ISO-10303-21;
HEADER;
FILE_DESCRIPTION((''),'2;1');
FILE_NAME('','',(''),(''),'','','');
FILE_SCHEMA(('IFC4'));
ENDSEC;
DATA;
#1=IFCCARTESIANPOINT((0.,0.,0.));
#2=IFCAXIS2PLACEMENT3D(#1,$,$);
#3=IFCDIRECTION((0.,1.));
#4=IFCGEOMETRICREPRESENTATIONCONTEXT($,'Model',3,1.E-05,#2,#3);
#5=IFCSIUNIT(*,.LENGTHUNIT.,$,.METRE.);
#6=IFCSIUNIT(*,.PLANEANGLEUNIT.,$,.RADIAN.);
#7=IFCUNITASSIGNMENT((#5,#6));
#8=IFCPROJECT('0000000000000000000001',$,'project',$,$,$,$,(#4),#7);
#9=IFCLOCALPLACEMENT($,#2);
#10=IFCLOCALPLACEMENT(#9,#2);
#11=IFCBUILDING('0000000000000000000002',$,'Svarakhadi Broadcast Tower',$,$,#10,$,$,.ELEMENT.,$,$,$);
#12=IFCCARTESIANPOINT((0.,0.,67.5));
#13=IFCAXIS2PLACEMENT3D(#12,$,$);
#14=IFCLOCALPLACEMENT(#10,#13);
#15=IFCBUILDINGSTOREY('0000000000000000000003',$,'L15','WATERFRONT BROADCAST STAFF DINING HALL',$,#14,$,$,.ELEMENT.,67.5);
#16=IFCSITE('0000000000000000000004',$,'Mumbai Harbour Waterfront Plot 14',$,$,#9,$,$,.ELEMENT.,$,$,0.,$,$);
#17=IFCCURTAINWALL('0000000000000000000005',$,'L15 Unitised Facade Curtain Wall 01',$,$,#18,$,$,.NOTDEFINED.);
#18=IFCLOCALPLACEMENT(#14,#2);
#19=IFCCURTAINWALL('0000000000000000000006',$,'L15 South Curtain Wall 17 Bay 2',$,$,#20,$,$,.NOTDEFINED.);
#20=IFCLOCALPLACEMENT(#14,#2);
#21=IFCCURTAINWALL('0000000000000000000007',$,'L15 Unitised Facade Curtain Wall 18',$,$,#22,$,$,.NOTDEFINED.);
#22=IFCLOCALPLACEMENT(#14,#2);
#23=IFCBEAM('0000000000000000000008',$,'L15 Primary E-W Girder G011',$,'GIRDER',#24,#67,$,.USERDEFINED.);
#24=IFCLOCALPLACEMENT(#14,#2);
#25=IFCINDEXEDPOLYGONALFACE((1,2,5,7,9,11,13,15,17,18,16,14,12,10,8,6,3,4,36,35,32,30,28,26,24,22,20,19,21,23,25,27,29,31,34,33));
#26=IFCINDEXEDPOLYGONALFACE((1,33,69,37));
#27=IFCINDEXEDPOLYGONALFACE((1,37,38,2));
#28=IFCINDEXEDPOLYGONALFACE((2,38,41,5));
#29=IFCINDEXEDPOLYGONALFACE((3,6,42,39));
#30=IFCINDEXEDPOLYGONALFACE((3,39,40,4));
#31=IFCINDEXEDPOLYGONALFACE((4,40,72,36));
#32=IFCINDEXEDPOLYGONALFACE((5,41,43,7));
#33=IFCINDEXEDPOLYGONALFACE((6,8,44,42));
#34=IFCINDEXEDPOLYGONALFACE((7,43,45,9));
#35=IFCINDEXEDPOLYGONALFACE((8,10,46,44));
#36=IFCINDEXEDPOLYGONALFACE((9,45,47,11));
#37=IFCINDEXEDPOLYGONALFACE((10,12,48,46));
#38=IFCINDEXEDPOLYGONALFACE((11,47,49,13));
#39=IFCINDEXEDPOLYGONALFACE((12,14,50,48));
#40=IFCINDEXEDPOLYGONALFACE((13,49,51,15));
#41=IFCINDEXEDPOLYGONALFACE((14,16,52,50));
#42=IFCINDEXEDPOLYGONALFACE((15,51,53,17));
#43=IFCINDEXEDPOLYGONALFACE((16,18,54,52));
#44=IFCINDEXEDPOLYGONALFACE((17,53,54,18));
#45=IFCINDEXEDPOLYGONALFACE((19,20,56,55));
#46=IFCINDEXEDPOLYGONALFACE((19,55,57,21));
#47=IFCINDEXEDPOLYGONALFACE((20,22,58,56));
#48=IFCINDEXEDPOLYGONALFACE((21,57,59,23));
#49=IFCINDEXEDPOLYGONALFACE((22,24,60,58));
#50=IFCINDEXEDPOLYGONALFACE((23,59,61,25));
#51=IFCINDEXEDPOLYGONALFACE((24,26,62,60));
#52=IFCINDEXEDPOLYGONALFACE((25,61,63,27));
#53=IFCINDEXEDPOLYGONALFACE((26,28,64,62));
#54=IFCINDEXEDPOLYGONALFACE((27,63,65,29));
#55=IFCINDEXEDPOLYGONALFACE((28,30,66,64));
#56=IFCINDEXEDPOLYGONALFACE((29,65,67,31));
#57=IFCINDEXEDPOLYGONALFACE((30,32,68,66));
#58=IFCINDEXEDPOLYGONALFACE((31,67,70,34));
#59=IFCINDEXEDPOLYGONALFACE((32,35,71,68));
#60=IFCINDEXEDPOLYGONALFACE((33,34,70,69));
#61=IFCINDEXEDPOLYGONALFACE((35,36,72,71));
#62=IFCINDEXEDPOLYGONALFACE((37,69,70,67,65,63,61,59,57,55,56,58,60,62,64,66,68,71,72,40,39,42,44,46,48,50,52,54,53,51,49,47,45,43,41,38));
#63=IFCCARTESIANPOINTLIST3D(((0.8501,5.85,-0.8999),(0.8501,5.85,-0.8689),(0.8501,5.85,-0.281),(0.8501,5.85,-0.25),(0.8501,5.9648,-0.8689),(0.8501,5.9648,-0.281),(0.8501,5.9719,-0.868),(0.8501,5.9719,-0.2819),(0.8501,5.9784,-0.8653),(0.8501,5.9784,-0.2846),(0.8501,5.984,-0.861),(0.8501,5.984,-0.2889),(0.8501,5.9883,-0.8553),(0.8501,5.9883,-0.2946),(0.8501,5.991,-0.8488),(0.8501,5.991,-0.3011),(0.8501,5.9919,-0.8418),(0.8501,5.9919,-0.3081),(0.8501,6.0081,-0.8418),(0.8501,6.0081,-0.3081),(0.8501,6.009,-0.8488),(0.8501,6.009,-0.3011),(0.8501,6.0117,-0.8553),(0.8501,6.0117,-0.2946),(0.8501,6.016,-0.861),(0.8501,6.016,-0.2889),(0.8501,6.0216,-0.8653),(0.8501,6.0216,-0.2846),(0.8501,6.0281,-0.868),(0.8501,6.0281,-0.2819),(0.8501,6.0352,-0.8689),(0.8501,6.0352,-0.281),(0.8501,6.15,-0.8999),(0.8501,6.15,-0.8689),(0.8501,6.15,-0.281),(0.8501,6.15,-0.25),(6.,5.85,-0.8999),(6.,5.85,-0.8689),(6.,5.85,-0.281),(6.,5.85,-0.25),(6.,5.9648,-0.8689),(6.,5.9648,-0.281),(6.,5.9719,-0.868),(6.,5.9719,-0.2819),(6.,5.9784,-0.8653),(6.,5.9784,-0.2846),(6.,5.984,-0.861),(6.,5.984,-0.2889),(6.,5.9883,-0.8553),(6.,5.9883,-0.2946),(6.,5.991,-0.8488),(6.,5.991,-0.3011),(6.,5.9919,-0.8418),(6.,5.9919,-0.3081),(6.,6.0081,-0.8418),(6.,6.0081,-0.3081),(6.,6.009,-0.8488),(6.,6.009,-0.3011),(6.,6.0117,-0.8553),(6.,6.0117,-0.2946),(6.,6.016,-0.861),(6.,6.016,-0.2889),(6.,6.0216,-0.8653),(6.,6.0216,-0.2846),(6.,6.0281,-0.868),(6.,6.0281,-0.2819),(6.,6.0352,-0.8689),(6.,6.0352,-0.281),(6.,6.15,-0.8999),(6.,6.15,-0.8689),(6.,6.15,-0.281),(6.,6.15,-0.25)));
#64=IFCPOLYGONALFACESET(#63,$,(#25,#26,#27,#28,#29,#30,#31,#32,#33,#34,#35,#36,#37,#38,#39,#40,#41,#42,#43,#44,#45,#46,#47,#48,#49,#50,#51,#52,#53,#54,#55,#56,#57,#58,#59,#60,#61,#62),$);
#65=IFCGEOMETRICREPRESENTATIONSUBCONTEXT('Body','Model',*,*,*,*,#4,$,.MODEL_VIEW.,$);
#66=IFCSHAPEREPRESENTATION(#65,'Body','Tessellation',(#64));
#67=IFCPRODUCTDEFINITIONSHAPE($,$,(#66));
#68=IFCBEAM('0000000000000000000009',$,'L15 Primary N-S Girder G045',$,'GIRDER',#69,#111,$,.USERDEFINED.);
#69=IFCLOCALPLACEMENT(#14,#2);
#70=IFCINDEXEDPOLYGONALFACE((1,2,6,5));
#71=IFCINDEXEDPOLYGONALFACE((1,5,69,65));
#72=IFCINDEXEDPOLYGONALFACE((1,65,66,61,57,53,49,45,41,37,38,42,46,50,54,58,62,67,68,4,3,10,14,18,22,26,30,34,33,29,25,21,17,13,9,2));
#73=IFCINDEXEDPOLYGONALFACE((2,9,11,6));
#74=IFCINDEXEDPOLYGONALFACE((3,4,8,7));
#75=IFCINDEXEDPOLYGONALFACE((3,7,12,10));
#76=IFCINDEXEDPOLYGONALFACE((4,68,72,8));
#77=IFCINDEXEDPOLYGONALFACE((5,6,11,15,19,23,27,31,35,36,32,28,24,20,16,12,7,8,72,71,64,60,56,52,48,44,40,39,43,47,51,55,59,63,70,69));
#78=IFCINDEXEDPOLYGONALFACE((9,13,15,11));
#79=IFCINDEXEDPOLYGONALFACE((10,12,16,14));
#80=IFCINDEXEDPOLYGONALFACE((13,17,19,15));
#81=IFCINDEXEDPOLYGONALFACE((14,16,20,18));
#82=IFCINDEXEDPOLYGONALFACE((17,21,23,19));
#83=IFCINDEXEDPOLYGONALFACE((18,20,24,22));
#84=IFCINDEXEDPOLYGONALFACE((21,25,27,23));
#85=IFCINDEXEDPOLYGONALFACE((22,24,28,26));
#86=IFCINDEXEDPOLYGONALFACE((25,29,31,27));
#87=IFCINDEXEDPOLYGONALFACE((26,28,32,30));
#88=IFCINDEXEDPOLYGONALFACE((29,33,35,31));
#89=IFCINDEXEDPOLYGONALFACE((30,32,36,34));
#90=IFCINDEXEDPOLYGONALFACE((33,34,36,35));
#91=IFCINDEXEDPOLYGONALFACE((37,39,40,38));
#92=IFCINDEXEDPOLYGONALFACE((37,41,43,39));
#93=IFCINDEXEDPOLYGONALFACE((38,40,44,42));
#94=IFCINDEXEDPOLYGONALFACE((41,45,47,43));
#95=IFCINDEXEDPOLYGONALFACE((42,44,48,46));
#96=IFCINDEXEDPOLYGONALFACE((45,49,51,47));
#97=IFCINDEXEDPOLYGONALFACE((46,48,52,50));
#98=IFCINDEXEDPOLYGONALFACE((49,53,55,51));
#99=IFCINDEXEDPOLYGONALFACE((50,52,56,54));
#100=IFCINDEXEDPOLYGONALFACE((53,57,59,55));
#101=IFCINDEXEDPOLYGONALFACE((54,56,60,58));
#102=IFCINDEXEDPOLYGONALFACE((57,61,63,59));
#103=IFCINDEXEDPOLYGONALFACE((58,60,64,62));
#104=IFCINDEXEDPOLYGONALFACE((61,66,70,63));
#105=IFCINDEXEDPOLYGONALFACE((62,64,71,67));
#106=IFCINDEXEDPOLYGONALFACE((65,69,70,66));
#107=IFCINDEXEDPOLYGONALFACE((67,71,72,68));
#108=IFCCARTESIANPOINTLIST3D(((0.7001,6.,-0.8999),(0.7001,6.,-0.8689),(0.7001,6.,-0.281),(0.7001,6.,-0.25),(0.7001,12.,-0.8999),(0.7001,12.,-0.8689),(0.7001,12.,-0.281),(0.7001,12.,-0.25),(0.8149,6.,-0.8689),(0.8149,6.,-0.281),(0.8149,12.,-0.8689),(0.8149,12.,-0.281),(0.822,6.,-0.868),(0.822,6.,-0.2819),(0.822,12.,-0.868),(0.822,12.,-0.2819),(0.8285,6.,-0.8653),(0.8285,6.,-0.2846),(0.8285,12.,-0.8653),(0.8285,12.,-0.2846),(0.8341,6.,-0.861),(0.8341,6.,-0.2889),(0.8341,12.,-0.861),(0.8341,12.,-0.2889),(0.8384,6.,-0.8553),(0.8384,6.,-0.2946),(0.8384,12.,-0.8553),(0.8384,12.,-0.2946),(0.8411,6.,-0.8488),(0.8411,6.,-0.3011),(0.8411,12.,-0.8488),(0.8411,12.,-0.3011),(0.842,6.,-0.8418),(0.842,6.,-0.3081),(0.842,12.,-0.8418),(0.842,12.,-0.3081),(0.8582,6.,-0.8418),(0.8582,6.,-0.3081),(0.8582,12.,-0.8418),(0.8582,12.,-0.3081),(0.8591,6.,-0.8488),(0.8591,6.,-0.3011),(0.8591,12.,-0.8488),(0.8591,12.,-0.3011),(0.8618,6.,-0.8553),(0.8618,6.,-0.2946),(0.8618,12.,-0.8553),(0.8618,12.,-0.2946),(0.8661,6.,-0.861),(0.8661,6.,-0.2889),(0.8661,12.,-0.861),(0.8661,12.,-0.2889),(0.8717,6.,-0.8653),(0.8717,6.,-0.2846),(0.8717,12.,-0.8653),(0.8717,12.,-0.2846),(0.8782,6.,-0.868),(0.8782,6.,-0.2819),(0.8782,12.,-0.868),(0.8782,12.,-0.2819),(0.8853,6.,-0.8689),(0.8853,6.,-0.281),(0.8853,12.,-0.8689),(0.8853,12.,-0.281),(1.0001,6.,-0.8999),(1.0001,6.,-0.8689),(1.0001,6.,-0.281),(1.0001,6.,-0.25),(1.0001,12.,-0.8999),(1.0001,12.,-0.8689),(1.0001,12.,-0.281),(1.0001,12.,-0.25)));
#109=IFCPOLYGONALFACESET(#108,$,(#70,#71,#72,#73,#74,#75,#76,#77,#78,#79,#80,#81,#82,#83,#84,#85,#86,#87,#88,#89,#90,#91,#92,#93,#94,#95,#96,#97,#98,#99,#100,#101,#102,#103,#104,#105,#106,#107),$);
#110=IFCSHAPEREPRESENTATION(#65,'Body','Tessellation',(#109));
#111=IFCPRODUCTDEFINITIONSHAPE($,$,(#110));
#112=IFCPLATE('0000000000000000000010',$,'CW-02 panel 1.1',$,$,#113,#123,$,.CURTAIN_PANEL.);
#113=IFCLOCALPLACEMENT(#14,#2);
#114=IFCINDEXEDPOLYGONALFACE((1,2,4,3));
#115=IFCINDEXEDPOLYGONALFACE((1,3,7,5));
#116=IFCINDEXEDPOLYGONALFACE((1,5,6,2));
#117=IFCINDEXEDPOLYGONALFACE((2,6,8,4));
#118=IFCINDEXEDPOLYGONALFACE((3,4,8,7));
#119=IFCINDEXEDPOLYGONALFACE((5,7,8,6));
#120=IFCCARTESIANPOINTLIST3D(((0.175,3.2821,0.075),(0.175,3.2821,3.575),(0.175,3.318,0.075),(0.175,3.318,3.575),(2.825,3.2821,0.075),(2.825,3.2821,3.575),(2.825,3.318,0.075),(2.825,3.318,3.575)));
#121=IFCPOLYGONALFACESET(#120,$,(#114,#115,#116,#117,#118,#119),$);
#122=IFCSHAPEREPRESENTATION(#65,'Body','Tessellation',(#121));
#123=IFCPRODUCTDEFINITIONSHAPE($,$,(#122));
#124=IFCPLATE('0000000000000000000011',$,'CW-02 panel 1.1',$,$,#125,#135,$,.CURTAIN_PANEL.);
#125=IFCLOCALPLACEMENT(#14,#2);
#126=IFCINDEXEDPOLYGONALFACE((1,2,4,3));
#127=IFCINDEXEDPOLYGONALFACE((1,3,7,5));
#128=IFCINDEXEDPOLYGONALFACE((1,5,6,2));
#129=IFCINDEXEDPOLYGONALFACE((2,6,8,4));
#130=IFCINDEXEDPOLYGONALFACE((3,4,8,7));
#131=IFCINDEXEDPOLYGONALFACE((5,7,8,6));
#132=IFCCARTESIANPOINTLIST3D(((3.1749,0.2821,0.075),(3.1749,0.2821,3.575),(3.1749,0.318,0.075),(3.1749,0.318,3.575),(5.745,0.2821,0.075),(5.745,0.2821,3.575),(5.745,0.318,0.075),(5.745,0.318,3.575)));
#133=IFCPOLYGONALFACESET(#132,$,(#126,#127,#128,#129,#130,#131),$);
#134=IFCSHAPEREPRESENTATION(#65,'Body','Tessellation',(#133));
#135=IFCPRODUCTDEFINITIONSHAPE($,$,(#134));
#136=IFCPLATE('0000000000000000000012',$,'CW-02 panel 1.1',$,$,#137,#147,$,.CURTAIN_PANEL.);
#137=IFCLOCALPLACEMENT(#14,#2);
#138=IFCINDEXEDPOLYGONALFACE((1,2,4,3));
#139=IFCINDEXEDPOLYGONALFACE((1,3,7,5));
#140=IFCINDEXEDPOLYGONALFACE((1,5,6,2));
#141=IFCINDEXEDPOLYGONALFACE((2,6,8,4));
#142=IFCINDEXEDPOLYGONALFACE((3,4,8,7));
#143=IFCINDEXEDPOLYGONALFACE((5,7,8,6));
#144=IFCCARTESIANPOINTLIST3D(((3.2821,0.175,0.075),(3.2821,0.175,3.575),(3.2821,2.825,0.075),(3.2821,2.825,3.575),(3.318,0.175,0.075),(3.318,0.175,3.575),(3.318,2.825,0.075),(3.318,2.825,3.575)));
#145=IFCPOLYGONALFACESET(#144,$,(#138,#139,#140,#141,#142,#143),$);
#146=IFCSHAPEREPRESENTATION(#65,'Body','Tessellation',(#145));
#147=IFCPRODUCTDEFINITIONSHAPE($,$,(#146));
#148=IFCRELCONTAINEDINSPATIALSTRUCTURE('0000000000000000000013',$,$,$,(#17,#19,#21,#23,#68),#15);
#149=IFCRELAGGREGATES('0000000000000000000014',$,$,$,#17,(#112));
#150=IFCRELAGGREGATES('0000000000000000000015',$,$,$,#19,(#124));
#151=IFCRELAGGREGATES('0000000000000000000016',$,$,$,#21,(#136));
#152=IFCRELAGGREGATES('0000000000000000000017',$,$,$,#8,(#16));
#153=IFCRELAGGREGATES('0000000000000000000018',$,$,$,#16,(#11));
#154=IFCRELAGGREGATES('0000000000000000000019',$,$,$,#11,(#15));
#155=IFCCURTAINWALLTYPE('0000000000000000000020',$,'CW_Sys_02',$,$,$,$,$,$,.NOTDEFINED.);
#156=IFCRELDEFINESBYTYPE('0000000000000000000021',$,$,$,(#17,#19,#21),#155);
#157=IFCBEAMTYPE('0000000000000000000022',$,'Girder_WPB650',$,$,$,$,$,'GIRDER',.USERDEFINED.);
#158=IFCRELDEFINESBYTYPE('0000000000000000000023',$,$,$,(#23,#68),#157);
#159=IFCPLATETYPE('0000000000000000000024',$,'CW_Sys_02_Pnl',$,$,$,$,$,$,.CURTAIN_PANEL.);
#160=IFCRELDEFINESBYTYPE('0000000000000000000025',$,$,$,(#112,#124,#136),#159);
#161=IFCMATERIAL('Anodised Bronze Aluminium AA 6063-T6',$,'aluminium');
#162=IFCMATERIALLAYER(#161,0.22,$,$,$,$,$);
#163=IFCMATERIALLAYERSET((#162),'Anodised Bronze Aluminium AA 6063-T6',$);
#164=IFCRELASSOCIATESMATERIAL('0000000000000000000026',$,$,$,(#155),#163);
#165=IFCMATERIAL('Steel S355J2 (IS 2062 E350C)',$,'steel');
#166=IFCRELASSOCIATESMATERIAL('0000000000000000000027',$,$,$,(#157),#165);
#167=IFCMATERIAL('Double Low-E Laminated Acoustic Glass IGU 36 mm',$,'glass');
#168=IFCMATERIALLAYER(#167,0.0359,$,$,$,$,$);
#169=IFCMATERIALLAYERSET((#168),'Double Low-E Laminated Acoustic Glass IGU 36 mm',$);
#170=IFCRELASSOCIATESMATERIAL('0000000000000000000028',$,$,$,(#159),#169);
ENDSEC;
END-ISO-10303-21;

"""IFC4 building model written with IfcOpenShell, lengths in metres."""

from ifc_helpers import new_model, si_unit, direction, frame, origin, origin_2d, place, context, subcontext, project, spatial, rectangle, i_section, extrude, material, layer, layer_set, material_profile, profile_set, type_object, element, aggregate, save


model = new_model("IFC4")

# Units and contexts
model_context = context("Model", 3, precision=1e-05, world=origin(), true_north=direction((0.0, 1.0)))
body_context = subcontext(model_context, "Body", "Model", "MODEL_VIEW")
ifc_project = project(units=[si_unit("LENGTHUNIT", "METRE"), si_unit("PLANEANGLEUNIT", "RADIAN")], contexts=[model_context])

# Site, building, storey
site_placement = place(None, origin())
site = spatial("IfcSite", under=ifc_project, at=site_placement, Name="Mumbai Harbour Waterfront Plot 14", CompositionType="ELEMENT", RefElevation=0.0)
building_placement = place(site_placement, origin())
building = spatial("IfcBuilding", under=site, at=building_placement, Name="Svarakhadi Broadcast Tower", CompositionType="ELEMENT")
storey_placement = place(building_placement, frame((0.0, 0.0, 67.5)))
storey = spatial("IfcBuildingStorey", under=building, at=storey_placement, Name="L15", Description="WATERFRONT BROADCAST STAFF DINING HALL", CompositionType="ELEMENT", Elevation=67.5)

# Curtain wall
ifc_material_1 = material(Name="Anodised Bronze Aluminium AA 6063-T6", Category="aluminium")
ifc_layer_1 = layer(ifc_material_1, 0.22)
ifc_layer_set_1 = layer_set([ifc_layer_1], Name="Anodised Bronze Aluminium AA 6063-T6")
curtain_wall_type = type_object("IfcCurtainWallType", Name="CW_Sys_02", PredefinedType="NOTDEFINED", material=ifc_layer_set_1)
curtain_wall_1_placement = place(storey_placement, origin())
curtain_wall_1 = element("IfcCurtainWall", 1, at=curtain_wall_1_placement, inside=storey, type_object=curtain_wall_type, Name="L15 Unitised Facade Curtain Wall 01", PredefinedType="NOTDEFINED")

# Curtain walls
curtain_wall_2_placement = place(storey_placement, origin())
curtain_wall_2 = element("IfcCurtainWall", 2, at=curtain_wall_2_placement, inside=storey, type_object=curtain_wall_type, Name="L15 South Curtain Wall 17 Bay 2", PredefinedType="NOTDEFINED")
curtain_wall_3_placement = place(storey_placement, origin())
curtain_wall_3 = element("IfcCurtainWall", 3, at=curtain_wall_3_placement, inside=storey, type_object=curtain_wall_type, Name="L15 Unitised Facade Curtain Wall 18", PredefinedType="NOTDEFINED")

# Beams
ifc_material_2 = material(Name="Steel S355J2 (IS 2062 E350C)", Category="steel")
ifc_material_profile_1 = material_profile(ifc_material_2, i_section(OverallWidth=0.3, OverallDepth=0.6499, WebThickness=0.0161, FlangeThickness=0.031, FilletRadius=0.0271, at=origin_2d()), Name="WPB 650x300x225")
ifc_profile_set_1 = profile_set([ifc_material_profile_1], Name="Steel S355J2 (IS 2062 E350C)")
beam_type = type_object("IfcBeamType", Name="Girder_WPB650", ElementType="GIRDER", PredefinedType="USERDEFINED", material=ifc_profile_set_1)
beam_1_placement = place(storey_placement, frame((0.8501, 6.0, -0.575), z_axis=(1.0, 0.0, 0.0), x_axis=(0.0, 1.0, 0.0)))
element("IfcBeam", 4, at=beam_1_placement, inside=storey, type_object=beam_type, Name="L15 Primary E-W Girder G011", ObjectType="GIRDER", PredefinedType="USERDEFINED", context=body_context, shape_type="SweptSolid", body=[
    extrude(i_section(OverallWidth=0.3, OverallDepth=0.6499, WebThickness=0.0161, FlangeThickness=0.031, FilletRadius=0.0271, at=origin_2d()), origin(), (0.0, 0.0, 1.0), 5.1499),
])
beam_2_placement = place(storey_placement, frame((0.8501, 6.0, -0.575), z_axis=(0.0, 1.0, 0.0), x_axis=(-1.0, 0.0, 0.0)))
element("IfcBeam", 5, at=beam_2_placement, inside=storey, type_object=beam_type, Name="L15 Primary N-S Girder G045", ObjectType="GIRDER", PredefinedType="USERDEFINED", context=body_context, shape_type="SweptSolid", body=[
    extrude(i_section(OverallWidth=0.3, OverallDepth=0.6499, WebThickness=0.0161, FlangeThickness=0.031, FilletRadius=0.0271, at=origin_2d()), origin(), (0.0, 0.0, 1.0), 6.0),
])

# Plates
ifc_material_3 = material(Name="Double Low-E Laminated Acoustic Glass IGU 36 mm", Category="glass")
ifc_layer_2 = layer(ifc_material_3, 0.0359)
ifc_layer_set_2 = layer_set([ifc_layer_2], Name="Double Low-E Laminated Acoustic Glass IGU 36 mm")
plate_type = type_object("IfcPlateType", Name="CW_Sys_02_Pnl", PredefinedType="CURTAIN_PANEL", material=ifc_layer_set_2)
plate_1_placement = place(storey_placement, frame((1.5, 3.3, 0.075), z_axis=(0.0, 0.0, 1.0), x_axis=(-1.0, 0.0, 0.0)))
plate_1 = element("IfcPlate", 6, at=plate_1_placement, type_object=plate_type, Name="CW-02 panel 1.1", PredefinedType="CURTAIN_PANEL", context=body_context, shape_type="SweptSolid", body=[
    extrude(rectangle(XDim=2.6499, YDim=0.0359, at=origin_2d()), origin(), (0.0, 0.0, 1.0), 3.5),
])
aggregate(curtain_wall_1, [plate_1])
plate_2_placement = place(storey_placement, frame((4.46, 0.3, 0.075), z_axis=(0.0, 0.0, 1.0), x_axis=(-1.0, 0.0, 0.0)))
plate_2 = element("IfcPlate", 7, at=plate_2_placement, type_object=plate_type, Name="CW-02 panel 1.1", PredefinedType="CURTAIN_PANEL", context=body_context, shape_type="SweptSolid", body=[
    extrude(rectangle(XDim=2.5701, YDim=0.0359, at=origin_2d()), origin(), (0.0, 0.0, 1.0), 3.5),
])
aggregate(curtain_wall_2, [plate_2])
plate_3_placement = place(storey_placement, frame((3.3, 1.5, 0.075), z_axis=(0.0, 0.0, 1.0), x_axis=(0.0, 1.0, 0.0)))
plate_3 = element("IfcPlate", 8, at=plate_3_placement, type_object=plate_type, Name="CW-02 panel 1.1", PredefinedType="CURTAIN_PANEL", context=body_context, shape_type="SweptSolid", body=[
    extrude(rectangle(XDim=2.6499, YDim=0.0359, at=origin_2d()), origin(), (0.0, 0.0, 1.0), 3.5),
])
aggregate(curtain_wall_3, [plate_3])

save(model, "model.ifc")
